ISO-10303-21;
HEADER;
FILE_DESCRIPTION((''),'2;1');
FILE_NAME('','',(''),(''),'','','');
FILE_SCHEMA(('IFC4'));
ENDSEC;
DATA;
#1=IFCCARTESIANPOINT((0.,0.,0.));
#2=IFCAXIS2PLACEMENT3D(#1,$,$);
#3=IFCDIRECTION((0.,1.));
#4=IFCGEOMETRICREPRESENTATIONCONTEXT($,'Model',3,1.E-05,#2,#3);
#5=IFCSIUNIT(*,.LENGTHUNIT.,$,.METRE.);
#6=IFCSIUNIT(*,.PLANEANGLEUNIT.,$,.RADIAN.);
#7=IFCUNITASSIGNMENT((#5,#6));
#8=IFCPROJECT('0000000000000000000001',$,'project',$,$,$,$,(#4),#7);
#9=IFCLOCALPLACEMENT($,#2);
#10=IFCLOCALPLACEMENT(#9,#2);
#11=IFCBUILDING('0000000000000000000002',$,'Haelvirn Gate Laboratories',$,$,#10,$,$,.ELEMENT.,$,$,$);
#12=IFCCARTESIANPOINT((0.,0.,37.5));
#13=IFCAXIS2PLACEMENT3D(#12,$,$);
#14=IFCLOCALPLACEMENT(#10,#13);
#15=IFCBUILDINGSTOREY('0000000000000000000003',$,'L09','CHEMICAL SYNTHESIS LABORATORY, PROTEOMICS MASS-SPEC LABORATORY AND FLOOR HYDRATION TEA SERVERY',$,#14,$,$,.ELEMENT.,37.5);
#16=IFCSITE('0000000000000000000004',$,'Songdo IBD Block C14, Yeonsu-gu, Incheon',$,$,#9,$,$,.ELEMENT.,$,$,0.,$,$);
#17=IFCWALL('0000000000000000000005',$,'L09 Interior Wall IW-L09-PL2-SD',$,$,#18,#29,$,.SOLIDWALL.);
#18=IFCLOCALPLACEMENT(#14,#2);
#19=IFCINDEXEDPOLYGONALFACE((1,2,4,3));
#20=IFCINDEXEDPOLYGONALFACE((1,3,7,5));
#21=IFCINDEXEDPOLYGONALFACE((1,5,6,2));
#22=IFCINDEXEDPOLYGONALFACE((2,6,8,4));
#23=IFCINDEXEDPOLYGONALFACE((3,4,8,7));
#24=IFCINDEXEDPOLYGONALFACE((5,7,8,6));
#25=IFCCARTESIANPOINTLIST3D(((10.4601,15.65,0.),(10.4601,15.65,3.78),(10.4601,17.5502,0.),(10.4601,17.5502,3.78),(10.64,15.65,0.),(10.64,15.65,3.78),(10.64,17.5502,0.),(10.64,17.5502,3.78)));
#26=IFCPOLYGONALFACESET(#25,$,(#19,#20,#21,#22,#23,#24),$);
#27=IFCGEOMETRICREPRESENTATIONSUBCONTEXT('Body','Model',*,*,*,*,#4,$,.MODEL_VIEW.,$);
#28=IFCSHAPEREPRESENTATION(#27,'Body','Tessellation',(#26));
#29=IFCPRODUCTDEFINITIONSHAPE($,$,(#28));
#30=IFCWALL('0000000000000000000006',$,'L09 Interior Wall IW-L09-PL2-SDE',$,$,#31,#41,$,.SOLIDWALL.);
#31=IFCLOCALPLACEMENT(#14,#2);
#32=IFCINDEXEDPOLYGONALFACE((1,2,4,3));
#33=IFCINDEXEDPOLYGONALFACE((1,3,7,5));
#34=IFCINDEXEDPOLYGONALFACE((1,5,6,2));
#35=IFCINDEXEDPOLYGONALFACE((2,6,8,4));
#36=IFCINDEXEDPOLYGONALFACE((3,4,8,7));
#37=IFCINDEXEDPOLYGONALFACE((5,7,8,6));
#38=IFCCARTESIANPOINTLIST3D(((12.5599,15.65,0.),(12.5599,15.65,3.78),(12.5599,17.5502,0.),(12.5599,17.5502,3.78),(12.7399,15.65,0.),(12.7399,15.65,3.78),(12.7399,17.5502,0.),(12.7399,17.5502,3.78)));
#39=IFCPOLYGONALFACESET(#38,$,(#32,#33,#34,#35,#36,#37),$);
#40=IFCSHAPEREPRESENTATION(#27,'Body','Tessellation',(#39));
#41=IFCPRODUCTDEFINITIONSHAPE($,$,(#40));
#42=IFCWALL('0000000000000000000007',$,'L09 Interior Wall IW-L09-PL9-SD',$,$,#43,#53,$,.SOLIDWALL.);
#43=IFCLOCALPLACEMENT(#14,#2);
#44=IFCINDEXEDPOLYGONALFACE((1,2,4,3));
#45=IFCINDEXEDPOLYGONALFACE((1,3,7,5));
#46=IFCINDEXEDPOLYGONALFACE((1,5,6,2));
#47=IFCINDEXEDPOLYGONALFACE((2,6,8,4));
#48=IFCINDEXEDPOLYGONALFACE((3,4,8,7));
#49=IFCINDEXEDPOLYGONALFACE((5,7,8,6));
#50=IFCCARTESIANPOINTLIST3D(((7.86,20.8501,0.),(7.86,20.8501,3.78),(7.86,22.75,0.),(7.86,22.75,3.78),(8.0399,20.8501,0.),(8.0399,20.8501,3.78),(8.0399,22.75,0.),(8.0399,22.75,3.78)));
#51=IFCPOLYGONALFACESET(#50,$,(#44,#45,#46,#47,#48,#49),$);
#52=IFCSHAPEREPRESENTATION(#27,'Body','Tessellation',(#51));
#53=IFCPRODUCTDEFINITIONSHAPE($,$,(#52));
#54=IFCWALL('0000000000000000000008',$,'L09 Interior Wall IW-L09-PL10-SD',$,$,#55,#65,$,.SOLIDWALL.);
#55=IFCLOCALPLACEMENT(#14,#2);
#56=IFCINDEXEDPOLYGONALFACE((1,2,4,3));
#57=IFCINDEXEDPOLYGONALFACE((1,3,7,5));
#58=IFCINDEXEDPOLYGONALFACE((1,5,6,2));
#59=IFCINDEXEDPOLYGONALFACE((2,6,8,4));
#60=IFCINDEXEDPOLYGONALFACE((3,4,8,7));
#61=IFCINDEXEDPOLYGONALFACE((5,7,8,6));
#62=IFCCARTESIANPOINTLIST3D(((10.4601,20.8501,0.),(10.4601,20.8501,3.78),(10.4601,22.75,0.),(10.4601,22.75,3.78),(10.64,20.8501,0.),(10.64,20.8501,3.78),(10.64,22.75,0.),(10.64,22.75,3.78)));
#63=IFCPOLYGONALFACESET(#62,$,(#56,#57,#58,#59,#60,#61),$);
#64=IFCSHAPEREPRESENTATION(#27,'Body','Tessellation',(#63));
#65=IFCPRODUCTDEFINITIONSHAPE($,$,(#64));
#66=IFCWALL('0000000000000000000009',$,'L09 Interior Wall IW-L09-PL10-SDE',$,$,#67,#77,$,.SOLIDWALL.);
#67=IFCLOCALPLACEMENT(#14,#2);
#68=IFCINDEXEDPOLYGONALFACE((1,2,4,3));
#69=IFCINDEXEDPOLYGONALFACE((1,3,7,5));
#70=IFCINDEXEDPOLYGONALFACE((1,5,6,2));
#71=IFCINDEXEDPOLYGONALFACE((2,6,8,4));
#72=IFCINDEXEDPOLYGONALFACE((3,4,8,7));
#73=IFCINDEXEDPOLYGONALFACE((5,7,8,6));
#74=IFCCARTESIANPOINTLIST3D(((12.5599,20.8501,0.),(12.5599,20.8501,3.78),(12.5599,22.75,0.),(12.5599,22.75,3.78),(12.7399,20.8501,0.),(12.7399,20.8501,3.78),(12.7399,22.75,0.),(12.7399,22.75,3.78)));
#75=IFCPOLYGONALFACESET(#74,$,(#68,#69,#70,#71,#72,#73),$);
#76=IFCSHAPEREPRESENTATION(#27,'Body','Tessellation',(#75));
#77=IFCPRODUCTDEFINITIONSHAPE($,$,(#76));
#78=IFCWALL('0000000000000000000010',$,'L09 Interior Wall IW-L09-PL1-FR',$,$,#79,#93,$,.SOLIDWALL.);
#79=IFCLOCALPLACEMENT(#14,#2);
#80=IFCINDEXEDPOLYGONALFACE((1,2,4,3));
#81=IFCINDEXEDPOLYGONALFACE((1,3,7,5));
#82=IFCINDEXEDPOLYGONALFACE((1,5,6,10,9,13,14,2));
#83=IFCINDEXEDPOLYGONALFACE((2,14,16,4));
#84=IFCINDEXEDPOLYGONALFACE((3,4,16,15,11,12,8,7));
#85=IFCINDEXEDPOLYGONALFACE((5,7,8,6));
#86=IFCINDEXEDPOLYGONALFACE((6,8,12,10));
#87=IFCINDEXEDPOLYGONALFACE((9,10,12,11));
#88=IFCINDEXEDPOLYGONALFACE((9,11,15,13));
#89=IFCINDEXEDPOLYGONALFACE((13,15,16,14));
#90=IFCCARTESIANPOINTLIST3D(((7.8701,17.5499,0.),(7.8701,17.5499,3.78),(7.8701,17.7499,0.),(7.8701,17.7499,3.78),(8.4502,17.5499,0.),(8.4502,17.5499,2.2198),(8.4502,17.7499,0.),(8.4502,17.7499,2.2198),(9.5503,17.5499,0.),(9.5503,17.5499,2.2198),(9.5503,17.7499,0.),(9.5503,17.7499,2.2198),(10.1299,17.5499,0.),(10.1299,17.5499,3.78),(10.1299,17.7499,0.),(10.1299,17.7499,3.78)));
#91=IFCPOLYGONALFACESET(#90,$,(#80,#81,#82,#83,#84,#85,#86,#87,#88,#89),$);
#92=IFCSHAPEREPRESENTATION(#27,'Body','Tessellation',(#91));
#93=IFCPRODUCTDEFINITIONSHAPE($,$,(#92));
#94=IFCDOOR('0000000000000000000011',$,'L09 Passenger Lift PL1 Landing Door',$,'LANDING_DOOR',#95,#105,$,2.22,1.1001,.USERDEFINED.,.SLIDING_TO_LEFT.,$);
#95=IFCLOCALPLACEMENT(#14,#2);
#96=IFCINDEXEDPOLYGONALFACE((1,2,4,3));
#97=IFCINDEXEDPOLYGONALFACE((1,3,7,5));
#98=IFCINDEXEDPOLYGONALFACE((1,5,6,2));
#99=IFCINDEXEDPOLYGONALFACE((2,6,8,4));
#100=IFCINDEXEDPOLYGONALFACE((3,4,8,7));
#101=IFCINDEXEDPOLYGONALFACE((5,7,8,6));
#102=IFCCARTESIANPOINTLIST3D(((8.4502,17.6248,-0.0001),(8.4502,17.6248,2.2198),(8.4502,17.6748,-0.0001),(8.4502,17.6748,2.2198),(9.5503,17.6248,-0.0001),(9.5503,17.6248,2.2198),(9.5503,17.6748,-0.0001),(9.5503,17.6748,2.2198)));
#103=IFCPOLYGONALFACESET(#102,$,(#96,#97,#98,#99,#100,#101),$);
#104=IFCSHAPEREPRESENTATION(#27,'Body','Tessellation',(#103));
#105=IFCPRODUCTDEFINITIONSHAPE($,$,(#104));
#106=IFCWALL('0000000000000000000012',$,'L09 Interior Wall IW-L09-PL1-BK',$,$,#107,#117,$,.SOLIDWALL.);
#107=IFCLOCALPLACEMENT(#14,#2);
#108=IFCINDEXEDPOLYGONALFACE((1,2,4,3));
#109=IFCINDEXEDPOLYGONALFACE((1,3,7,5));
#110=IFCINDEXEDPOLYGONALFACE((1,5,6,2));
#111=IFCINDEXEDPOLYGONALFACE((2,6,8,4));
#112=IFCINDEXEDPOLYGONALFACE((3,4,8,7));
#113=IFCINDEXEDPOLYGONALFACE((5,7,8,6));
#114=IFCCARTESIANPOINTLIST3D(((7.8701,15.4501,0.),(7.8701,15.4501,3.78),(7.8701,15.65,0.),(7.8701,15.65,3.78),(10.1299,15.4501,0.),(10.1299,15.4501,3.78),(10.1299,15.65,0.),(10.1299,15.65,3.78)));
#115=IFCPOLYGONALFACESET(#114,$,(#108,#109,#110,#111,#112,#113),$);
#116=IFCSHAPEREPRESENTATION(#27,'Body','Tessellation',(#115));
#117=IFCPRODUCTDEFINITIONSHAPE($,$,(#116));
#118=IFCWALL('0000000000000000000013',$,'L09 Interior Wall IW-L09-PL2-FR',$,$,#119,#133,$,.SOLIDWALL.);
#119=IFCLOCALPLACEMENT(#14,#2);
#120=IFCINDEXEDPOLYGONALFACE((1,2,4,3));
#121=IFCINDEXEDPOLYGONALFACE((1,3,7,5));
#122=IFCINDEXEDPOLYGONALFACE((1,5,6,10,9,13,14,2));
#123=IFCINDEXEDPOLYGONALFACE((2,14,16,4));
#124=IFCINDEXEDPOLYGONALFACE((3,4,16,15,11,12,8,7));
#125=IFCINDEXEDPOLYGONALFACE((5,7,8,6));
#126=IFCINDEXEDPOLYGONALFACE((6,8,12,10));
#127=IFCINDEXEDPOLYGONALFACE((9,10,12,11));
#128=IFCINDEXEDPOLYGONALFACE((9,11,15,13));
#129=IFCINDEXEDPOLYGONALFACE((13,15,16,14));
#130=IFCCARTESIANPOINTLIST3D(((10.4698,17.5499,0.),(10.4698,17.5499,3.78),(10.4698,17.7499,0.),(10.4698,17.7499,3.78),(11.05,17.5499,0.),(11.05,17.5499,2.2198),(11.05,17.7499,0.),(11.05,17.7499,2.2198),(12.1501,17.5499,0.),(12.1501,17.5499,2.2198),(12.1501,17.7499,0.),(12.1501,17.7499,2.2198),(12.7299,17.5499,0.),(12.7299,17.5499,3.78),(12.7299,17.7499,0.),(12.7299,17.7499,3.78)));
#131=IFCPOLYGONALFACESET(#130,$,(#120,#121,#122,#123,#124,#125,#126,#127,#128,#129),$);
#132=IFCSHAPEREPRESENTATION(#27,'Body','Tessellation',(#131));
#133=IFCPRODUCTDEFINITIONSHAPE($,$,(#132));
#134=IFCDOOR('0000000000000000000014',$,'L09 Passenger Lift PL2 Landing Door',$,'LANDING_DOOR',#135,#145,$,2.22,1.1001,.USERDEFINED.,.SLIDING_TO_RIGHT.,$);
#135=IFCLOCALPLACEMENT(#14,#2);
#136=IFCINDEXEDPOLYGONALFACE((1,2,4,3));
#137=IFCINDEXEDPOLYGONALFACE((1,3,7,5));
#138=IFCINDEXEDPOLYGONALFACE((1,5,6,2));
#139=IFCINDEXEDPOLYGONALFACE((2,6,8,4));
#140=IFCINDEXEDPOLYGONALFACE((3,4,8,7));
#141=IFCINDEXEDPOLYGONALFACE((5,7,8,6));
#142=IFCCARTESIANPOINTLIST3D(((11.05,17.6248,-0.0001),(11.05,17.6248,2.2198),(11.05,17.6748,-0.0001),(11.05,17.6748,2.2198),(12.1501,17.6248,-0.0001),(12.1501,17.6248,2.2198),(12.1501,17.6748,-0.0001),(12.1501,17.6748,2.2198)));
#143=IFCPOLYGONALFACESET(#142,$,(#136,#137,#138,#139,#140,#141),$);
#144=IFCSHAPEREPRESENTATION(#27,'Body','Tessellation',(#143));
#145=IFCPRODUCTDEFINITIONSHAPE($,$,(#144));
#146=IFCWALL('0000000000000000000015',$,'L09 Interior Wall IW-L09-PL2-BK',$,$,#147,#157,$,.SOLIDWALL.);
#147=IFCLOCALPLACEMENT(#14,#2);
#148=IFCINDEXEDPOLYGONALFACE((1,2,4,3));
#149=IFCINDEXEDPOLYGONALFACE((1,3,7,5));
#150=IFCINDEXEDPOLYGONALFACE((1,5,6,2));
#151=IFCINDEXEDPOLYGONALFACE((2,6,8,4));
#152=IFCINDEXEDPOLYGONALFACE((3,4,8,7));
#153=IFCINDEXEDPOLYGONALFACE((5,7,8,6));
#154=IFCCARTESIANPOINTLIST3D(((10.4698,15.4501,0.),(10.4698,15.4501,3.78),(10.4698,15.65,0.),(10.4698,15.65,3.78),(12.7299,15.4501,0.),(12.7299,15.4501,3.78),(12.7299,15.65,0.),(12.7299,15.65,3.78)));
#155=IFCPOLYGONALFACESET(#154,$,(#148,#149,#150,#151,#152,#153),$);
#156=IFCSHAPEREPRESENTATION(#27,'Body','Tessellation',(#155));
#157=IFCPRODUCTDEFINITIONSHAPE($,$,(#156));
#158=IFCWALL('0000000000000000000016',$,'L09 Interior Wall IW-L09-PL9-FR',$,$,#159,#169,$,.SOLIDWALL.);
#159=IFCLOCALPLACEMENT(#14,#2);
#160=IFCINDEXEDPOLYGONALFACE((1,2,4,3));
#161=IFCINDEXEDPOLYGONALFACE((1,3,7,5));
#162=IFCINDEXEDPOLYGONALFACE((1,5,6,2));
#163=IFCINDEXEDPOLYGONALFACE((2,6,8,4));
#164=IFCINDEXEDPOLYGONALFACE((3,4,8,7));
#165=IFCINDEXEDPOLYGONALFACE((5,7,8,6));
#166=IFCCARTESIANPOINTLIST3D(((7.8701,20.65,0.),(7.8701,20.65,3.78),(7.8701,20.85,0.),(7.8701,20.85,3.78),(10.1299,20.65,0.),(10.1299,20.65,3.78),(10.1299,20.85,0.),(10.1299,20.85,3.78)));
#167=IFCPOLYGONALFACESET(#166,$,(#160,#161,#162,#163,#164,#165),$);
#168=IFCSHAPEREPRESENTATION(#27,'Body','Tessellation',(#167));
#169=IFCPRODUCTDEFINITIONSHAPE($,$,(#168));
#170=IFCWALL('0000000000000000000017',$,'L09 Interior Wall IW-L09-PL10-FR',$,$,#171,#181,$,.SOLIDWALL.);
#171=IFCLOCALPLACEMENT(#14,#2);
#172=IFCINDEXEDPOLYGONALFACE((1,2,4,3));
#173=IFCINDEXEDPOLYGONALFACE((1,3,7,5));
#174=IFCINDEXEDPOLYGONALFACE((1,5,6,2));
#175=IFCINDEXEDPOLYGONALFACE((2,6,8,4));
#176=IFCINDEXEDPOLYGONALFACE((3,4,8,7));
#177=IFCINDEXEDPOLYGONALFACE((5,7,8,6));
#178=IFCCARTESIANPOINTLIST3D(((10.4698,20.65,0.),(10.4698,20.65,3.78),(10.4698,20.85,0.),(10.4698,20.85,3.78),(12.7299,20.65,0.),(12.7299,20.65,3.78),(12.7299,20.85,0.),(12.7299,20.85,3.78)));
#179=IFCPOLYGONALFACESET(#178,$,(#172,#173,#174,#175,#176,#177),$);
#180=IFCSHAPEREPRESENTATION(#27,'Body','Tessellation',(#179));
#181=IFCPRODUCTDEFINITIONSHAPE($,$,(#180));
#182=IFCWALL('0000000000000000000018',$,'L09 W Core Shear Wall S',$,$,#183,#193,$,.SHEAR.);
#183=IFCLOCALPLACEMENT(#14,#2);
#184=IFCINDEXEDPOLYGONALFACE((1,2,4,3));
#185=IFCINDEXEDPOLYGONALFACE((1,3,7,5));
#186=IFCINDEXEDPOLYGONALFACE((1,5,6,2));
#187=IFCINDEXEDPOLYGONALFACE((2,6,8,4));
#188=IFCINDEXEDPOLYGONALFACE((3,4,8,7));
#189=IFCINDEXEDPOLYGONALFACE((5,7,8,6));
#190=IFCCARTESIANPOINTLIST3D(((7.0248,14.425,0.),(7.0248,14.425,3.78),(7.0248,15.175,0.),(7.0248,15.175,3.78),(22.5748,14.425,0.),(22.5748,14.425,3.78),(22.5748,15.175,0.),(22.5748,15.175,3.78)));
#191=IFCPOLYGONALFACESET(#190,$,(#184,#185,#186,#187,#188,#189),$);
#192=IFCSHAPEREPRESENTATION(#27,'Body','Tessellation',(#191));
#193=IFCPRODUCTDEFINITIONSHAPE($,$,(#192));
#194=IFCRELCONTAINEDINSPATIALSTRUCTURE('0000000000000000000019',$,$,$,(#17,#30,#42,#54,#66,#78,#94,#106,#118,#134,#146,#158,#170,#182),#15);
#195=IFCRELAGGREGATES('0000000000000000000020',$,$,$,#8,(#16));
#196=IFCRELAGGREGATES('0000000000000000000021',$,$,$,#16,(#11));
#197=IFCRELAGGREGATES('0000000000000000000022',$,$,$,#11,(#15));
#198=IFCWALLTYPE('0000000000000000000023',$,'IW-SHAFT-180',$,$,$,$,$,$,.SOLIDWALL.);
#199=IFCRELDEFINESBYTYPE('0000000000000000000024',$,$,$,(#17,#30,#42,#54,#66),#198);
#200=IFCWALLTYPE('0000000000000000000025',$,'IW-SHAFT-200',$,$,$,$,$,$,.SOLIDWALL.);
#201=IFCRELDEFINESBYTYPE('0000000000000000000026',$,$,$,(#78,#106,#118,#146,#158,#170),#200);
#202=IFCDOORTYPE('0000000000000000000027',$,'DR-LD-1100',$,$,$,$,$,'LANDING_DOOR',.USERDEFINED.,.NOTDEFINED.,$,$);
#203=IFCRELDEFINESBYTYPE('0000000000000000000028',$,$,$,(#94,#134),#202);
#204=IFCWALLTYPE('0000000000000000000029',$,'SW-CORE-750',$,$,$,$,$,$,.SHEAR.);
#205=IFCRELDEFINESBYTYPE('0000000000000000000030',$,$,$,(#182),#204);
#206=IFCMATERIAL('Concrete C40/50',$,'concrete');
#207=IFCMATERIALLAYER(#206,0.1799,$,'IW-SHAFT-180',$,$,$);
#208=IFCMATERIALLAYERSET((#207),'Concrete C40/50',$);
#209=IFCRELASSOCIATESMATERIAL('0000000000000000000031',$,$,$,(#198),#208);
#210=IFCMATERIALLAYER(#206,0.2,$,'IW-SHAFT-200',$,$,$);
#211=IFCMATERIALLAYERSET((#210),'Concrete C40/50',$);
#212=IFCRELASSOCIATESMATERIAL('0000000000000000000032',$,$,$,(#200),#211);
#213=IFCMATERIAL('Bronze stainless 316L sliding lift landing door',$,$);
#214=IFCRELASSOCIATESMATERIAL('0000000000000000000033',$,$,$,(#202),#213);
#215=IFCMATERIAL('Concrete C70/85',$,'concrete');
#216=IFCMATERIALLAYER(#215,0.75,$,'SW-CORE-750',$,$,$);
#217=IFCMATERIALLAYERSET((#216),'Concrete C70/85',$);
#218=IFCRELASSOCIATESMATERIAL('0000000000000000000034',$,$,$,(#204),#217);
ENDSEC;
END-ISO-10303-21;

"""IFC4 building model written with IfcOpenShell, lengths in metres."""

from ifc_helpers import new_model, si_unit, direction, frame, frame_2d, origin, place, context, subcontext, project, spatial, rectangle, extrude, source, transform, mapped, material, layer, layer_set, type_object, type_shapes, element, fill, save


model = new_model("IFC4")

# Units and contexts
model_context = context("Model", 3, precision=1e-05, world=origin(), true_north=direction((0.0, 1.0)))
body_context = subcontext(model_context, "Body", "Model", "MODEL_VIEW")
ifc_project = project(units=[si_unit("LENGTHUNIT", "METRE"), si_unit("PLANEANGLEUNIT", "RADIAN")], contexts=[model_context])

# Site, building, storey
site_placement = place(None, origin())
site = spatial("IfcSite", under=ifc_project, at=site_placement, Name="Songdo IBD Block C14, Yeonsu-gu, Incheon", CompositionType="ELEMENT", RefElevation=0.0)
building_placement = place(site_placement, origin())
building = spatial("IfcBuilding", under=site, at=building_placement, Name="Haelvirn Gate Laboratories", CompositionType="ELEMENT")
storey_placement = place(building_placement, frame((0.0, 0.0, 37.5)))
storey = spatial("IfcBuildingStorey", under=building, at=storey_placement, Name="L09", Description="CHEMICAL SYNTHESIS LABORATORY, PROTEOMICS MASS-SPEC LABORATORY AND FLOOR HYDRATION TEA SERVERY", CompositionType="ELEMENT", Elevation=37.5)

# Shared definitions
ifc_material_1 = material(Name="Concrete C70/85", Category="concrete")

# Walls
ifc_material_2 = material(Name="Concrete C40/50", Category="concrete")
ifc_layer_1 = layer(ifc_material_2, 0.1799, Name="IW-SHAFT-180")
ifc_layer_set_1 = layer_set([ifc_layer_1], Name="Concrete C40/50")
wall_type_1 = type_object("IfcWallType", Name="IW-SHAFT-180", PredefinedType="SOLIDWALL", material=ifc_layer_set_1)
for number, where, z_axis, x_axis, name in (
    (1, (10.55, 15.6499, 0.0), (0.0, 0.0, 1.0), (0.0, 1.0, 0.0), "L09 Interior Wall IW-L09-PL2-SD"),
    (2, (12.6499, 15.6499, 0.0), (0.0, 0.0, 1.0), (0.0, 1.0, 0.0), "L09 Interior Wall IW-L09-PL2-SDE"),
):
    element("IfcWall", number, at=place(storey_placement, frame(where, z_axis=z_axis, x_axis=x_axis)), inside=storey, type_object=wall_type_1, Name=name, PredefinedType="SOLIDWALL", context=body_context, shape_type="SweptSolid", body=[
        extrude(rectangle(XDim=1.9001, YDim=0.1799, at=frame_2d((0.9502, 0.0))), origin(), (0.0, 0.0, 1.0), 3.78),
    ])
for number, where, z_axis, x_axis, name in (
    (3, (7.95, 20.8501, 0.0), (0.0, 0.0, 1.0), (0.0, 1.0, 0.0), "L09 Interior Wall IW-L09-PL9-SD"),
    (4, (10.55, 20.8501, 0.0), (0.0, 0.0, 1.0), (0.0, 1.0, 0.0), "L09 Interior Wall IW-L09-PL10-SD"),
    (5, (12.6499, 20.8501, 0.0), (0.0, 0.0, 1.0), (0.0, 1.0, 0.0), "L09 Interior Wall IW-L09-PL10-SDE"),
):
    element("IfcWall", number, at=place(storey_placement, frame(where, z_axis=z_axis, x_axis=x_axis)), inside=storey, type_object=wall_type_1, Name=name, PredefinedType="SOLIDWALL", context=body_context, shape_type="SweptSolid", body=[
        extrude(rectangle(XDim=1.8999, YDim=0.1799, at=frame_2d((0.95, 0.0))), origin(), (0.0, 0.0, 1.0), 3.78),
    ])

# Wall, opening, door
ifc_layer_2 = layer(ifc_material_2, 0.2, Name="IW-SHAFT-200")
ifc_layer_set_2 = layer_set([ifc_layer_2], Name="Concrete C40/50")
wall_type_2 = type_object("IfcWallType", Name="IW-SHAFT-200", PredefinedType="SOLIDWALL", material=ifc_layer_set_2)
wall_1_placement = place(storey_placement, frame((7.8701, 17.6499, 0.0), z_axis=(0.0, 0.0, 1.0), x_axis=(1.0, 0.0, 0.0)))
wall_1 = element("IfcWall", 6, at=wall_1_placement, inside=storey, type_object=wall_type_2, Name="L09 Interior Wall IW-L09-PL1-FR", PredefinedType="SOLIDWALL", context=body_context, shape_type="SweptSolid", body=[
    extrude(rectangle(XDim=2.2598, YDim=0.2, at=frame_2d((1.1299, 0.0))), origin(), (0.0, 0.0, 1.0), 3.78),
])
opening_1_placement = place(wall_1_placement, frame((0.5801, 0.0, 0.0)))
opening_1 = element("IfcOpeningElement", 7, at=opening_1_placement, cuts=wall_1, PredefinedType="OPENING", context=body_context, shape_type="SweptSolid", body=[
    extrude(rectangle(XDim=1.1001, YDim=2.22, at=frame_2d((0.55, 1.1099))), frame((0.0, 0.1099, 0.0), z_axis=(0.0, -1.0, 0.0), x_axis=(1.0, 0.0, 0.0)), (0.0, 0.0, 1.0), 0.22),
])
ifc_material_3 = material(Name="Bronze stainless 316L sliding lift landing door")
door_type_1 = type_object("IfcDoorType", Name="DR-LD-1100", ElementType="LANDING_DOOR", OperationType="NOTDEFINED", PredefinedType="USERDEFINED", material=ifc_material_3)
shared_shape_1 = source(origin(), body_context, "Body", "SweptSolid", [
    extrude(rectangle(XDim=1.1001, YDim=2.22, at=frame_2d((0.55, 1.1099))), frame((0.0, 0.0249, 0.0), z_axis=(0.0, -1.0, 0.0), x_axis=(1.0, 0.0, 0.0)), (0.0, 0.0, 1.0), 0.05),
])
type_shapes(door_type_1, [shared_shape_1])
door_1_placement = place(opening_1_placement, origin())
door_1 = element("IfcDoor", 8, at=door_1_placement, inside=storey, type_object=door_type_1, Name="L09 Passenger Lift PL1 Landing Door", ObjectType="LANDING_DOOR", OperationType="SLIDING_TO_LEFT", OverallHeight=2.22, OverallWidth=1.1001, PredefinedType="USERDEFINED", context=body_context, shape_type="MappedRepresentation", body=[
    mapped(shared_shape_1, transform((0.0, 0.0, 0.0), scale=1.0)),
])
fill(opening_1, door_1)

# Wall
wall_2_placement = place(storey_placement, frame((7.8701, 15.55, 0.0), z_axis=(0.0, 0.0, 1.0), x_axis=(1.0, 0.0, 0.0)))
element("IfcWall", 9, at=wall_2_placement, inside=storey, type_object=wall_type_2, Name="L09 Interior Wall IW-L09-PL1-BK", PredefinedType="SOLIDWALL", context=body_context, shape_type="SweptSolid", body=[
    extrude(rectangle(XDim=2.2598, YDim=0.2, at=frame_2d((1.1299, 0.0))), origin(), (0.0, 0.0, 1.0), 3.78),
])

# Wall, opening, door
wall_3_placement = place(storey_placement, frame((10.47, 17.6499, 0.0), z_axis=(0.0, 0.0, 1.0), x_axis=(1.0, 0.0, 0.0)))
wall_3 = element("IfcWall", 10, at=wall_3_placement, inside=storey, type_object=wall_type_2, Name="L09 Interior Wall IW-L09-PL2-FR", PredefinedType="SOLIDWALL", context=body_context, shape_type="SweptSolid", body=[
    extrude(rectangle(XDim=2.26, YDim=0.2, at=frame_2d((1.1299, 0.0))), origin(), (0.0, 0.0, 1.0), 3.78),
])
opening_2_placement = place(wall_3_placement, frame((0.5801, 0.0, 0.0)))
opening_2 = element("IfcOpeningElement", 11, at=opening_2_placement, cuts=wall_3, PredefinedType="OPENING", context=body_context, shape_type="SweptSolid", body=[
    extrude(rectangle(XDim=1.1001, YDim=2.22, at=frame_2d((0.55, 1.1099))), frame((0.0, 0.1099, 0.0), z_axis=(0.0, -1.0, 0.0), x_axis=(1.0, 0.0, 0.0)), (0.0, 0.0, 1.0), 0.22),
])
door_2_placement = place(opening_2_placement, origin())
door_2 = element("IfcDoor", 12, at=door_2_placement, inside=storey, type_object=door_type_1, Name="L09 Passenger Lift PL2 Landing Door", ObjectType="LANDING_DOOR", OperationType="SLIDING_TO_RIGHT", OverallHeight=2.22, OverallWidth=1.1001, PredefinedType="USERDEFINED", context=body_context, shape_type="MappedRepresentation", body=[
    mapped(shared_shape_1, transform((0.0, 0.0, 0.0), scale=1.0)),
])
fill(opening_2, door_2)

# Walls
wall_4_placement = place(storey_placement, frame((10.47, 15.55, 0.0), z_axis=(0.0, 0.0, 1.0), x_axis=(1.0, 0.0, 0.0)))
element("IfcWall", 13, at=wall_4_placement, inside=storey, type_object=wall_type_2, Name="L09 Interior Wall IW-L09-PL2-BK", PredefinedType="SOLIDWALL", context=body_context, shape_type="SweptSolid", body=[
    extrude(rectangle(XDim=2.26, YDim=0.2, at=frame_2d((1.1299, 0.0))), origin(), (0.0, 0.0, 1.0), 3.78),
])
wall_5_placement = place(storey_placement, frame((7.8701, 20.75, 0.0), z_axis=(0.0, 0.0, 1.0), x_axis=(1.0, 0.0, 0.0)))
element("IfcWall", 14, at=wall_5_placement, inside=storey, type_object=wall_type_2, Name="L09 Interior Wall IW-L09-PL9-FR", PredefinedType="SOLIDWALL", context=body_context, shape_type="SweptSolid", body=[
    extrude(rectangle(XDim=2.2598, YDim=0.2, at=frame_2d((1.1299, 0.0))), origin(), (0.0, 0.0, 1.0), 3.78),
])
wall_6_placement = place(storey_placement, frame((10.47, 20.75, 0.0), z_axis=(0.0, 0.0, 1.0), x_axis=(1.0, 0.0, 0.0)))
element("IfcWall", 15, at=wall_6_placement, inside=storey, type_object=wall_type_2, Name="L09 Interior Wall IW-L09-PL10-FR", PredefinedType="SOLIDWALL", context=body_context, shape_type="SweptSolid", body=[
    extrude(rectangle(XDim=2.26, YDim=0.2, at=frame_2d((1.1299, 0.0))), origin(), (0.0, 0.0, 1.0), 3.78),
])
ifc_layer_3 = layer(ifc_material_1, 0.75, Name="SW-CORE-750")
ifc_layer_set_3 = layer_set([ifc_layer_3], Name="Concrete C70/85")
wall_type_3 = type_object("IfcWallType", Name="SW-CORE-750", PredefinedType="SHEAR", material=ifc_layer_set_3)
wall_7_placement = place(storey_placement, frame((7.0249, 14.8, 0.0), z_axis=(0.0, 0.0, 1.0), x_axis=(1.0, 0.0, 0.0)))
element("IfcWall", 16, at=wall_7_placement, inside=storey, type_object=wall_type_3, Name="L09 W Core Shear Wall S", PredefinedType="SHEAR", context=body_context, shape_type="SweptSolid", body=[
    extrude(rectangle(XDim=15.55, YDim=0.75, at=frame_2d((7.7749, 0.0))), origin(), (0.0, 0.0, 1.0), 3.78),
])

save(model, "model.ifc")
